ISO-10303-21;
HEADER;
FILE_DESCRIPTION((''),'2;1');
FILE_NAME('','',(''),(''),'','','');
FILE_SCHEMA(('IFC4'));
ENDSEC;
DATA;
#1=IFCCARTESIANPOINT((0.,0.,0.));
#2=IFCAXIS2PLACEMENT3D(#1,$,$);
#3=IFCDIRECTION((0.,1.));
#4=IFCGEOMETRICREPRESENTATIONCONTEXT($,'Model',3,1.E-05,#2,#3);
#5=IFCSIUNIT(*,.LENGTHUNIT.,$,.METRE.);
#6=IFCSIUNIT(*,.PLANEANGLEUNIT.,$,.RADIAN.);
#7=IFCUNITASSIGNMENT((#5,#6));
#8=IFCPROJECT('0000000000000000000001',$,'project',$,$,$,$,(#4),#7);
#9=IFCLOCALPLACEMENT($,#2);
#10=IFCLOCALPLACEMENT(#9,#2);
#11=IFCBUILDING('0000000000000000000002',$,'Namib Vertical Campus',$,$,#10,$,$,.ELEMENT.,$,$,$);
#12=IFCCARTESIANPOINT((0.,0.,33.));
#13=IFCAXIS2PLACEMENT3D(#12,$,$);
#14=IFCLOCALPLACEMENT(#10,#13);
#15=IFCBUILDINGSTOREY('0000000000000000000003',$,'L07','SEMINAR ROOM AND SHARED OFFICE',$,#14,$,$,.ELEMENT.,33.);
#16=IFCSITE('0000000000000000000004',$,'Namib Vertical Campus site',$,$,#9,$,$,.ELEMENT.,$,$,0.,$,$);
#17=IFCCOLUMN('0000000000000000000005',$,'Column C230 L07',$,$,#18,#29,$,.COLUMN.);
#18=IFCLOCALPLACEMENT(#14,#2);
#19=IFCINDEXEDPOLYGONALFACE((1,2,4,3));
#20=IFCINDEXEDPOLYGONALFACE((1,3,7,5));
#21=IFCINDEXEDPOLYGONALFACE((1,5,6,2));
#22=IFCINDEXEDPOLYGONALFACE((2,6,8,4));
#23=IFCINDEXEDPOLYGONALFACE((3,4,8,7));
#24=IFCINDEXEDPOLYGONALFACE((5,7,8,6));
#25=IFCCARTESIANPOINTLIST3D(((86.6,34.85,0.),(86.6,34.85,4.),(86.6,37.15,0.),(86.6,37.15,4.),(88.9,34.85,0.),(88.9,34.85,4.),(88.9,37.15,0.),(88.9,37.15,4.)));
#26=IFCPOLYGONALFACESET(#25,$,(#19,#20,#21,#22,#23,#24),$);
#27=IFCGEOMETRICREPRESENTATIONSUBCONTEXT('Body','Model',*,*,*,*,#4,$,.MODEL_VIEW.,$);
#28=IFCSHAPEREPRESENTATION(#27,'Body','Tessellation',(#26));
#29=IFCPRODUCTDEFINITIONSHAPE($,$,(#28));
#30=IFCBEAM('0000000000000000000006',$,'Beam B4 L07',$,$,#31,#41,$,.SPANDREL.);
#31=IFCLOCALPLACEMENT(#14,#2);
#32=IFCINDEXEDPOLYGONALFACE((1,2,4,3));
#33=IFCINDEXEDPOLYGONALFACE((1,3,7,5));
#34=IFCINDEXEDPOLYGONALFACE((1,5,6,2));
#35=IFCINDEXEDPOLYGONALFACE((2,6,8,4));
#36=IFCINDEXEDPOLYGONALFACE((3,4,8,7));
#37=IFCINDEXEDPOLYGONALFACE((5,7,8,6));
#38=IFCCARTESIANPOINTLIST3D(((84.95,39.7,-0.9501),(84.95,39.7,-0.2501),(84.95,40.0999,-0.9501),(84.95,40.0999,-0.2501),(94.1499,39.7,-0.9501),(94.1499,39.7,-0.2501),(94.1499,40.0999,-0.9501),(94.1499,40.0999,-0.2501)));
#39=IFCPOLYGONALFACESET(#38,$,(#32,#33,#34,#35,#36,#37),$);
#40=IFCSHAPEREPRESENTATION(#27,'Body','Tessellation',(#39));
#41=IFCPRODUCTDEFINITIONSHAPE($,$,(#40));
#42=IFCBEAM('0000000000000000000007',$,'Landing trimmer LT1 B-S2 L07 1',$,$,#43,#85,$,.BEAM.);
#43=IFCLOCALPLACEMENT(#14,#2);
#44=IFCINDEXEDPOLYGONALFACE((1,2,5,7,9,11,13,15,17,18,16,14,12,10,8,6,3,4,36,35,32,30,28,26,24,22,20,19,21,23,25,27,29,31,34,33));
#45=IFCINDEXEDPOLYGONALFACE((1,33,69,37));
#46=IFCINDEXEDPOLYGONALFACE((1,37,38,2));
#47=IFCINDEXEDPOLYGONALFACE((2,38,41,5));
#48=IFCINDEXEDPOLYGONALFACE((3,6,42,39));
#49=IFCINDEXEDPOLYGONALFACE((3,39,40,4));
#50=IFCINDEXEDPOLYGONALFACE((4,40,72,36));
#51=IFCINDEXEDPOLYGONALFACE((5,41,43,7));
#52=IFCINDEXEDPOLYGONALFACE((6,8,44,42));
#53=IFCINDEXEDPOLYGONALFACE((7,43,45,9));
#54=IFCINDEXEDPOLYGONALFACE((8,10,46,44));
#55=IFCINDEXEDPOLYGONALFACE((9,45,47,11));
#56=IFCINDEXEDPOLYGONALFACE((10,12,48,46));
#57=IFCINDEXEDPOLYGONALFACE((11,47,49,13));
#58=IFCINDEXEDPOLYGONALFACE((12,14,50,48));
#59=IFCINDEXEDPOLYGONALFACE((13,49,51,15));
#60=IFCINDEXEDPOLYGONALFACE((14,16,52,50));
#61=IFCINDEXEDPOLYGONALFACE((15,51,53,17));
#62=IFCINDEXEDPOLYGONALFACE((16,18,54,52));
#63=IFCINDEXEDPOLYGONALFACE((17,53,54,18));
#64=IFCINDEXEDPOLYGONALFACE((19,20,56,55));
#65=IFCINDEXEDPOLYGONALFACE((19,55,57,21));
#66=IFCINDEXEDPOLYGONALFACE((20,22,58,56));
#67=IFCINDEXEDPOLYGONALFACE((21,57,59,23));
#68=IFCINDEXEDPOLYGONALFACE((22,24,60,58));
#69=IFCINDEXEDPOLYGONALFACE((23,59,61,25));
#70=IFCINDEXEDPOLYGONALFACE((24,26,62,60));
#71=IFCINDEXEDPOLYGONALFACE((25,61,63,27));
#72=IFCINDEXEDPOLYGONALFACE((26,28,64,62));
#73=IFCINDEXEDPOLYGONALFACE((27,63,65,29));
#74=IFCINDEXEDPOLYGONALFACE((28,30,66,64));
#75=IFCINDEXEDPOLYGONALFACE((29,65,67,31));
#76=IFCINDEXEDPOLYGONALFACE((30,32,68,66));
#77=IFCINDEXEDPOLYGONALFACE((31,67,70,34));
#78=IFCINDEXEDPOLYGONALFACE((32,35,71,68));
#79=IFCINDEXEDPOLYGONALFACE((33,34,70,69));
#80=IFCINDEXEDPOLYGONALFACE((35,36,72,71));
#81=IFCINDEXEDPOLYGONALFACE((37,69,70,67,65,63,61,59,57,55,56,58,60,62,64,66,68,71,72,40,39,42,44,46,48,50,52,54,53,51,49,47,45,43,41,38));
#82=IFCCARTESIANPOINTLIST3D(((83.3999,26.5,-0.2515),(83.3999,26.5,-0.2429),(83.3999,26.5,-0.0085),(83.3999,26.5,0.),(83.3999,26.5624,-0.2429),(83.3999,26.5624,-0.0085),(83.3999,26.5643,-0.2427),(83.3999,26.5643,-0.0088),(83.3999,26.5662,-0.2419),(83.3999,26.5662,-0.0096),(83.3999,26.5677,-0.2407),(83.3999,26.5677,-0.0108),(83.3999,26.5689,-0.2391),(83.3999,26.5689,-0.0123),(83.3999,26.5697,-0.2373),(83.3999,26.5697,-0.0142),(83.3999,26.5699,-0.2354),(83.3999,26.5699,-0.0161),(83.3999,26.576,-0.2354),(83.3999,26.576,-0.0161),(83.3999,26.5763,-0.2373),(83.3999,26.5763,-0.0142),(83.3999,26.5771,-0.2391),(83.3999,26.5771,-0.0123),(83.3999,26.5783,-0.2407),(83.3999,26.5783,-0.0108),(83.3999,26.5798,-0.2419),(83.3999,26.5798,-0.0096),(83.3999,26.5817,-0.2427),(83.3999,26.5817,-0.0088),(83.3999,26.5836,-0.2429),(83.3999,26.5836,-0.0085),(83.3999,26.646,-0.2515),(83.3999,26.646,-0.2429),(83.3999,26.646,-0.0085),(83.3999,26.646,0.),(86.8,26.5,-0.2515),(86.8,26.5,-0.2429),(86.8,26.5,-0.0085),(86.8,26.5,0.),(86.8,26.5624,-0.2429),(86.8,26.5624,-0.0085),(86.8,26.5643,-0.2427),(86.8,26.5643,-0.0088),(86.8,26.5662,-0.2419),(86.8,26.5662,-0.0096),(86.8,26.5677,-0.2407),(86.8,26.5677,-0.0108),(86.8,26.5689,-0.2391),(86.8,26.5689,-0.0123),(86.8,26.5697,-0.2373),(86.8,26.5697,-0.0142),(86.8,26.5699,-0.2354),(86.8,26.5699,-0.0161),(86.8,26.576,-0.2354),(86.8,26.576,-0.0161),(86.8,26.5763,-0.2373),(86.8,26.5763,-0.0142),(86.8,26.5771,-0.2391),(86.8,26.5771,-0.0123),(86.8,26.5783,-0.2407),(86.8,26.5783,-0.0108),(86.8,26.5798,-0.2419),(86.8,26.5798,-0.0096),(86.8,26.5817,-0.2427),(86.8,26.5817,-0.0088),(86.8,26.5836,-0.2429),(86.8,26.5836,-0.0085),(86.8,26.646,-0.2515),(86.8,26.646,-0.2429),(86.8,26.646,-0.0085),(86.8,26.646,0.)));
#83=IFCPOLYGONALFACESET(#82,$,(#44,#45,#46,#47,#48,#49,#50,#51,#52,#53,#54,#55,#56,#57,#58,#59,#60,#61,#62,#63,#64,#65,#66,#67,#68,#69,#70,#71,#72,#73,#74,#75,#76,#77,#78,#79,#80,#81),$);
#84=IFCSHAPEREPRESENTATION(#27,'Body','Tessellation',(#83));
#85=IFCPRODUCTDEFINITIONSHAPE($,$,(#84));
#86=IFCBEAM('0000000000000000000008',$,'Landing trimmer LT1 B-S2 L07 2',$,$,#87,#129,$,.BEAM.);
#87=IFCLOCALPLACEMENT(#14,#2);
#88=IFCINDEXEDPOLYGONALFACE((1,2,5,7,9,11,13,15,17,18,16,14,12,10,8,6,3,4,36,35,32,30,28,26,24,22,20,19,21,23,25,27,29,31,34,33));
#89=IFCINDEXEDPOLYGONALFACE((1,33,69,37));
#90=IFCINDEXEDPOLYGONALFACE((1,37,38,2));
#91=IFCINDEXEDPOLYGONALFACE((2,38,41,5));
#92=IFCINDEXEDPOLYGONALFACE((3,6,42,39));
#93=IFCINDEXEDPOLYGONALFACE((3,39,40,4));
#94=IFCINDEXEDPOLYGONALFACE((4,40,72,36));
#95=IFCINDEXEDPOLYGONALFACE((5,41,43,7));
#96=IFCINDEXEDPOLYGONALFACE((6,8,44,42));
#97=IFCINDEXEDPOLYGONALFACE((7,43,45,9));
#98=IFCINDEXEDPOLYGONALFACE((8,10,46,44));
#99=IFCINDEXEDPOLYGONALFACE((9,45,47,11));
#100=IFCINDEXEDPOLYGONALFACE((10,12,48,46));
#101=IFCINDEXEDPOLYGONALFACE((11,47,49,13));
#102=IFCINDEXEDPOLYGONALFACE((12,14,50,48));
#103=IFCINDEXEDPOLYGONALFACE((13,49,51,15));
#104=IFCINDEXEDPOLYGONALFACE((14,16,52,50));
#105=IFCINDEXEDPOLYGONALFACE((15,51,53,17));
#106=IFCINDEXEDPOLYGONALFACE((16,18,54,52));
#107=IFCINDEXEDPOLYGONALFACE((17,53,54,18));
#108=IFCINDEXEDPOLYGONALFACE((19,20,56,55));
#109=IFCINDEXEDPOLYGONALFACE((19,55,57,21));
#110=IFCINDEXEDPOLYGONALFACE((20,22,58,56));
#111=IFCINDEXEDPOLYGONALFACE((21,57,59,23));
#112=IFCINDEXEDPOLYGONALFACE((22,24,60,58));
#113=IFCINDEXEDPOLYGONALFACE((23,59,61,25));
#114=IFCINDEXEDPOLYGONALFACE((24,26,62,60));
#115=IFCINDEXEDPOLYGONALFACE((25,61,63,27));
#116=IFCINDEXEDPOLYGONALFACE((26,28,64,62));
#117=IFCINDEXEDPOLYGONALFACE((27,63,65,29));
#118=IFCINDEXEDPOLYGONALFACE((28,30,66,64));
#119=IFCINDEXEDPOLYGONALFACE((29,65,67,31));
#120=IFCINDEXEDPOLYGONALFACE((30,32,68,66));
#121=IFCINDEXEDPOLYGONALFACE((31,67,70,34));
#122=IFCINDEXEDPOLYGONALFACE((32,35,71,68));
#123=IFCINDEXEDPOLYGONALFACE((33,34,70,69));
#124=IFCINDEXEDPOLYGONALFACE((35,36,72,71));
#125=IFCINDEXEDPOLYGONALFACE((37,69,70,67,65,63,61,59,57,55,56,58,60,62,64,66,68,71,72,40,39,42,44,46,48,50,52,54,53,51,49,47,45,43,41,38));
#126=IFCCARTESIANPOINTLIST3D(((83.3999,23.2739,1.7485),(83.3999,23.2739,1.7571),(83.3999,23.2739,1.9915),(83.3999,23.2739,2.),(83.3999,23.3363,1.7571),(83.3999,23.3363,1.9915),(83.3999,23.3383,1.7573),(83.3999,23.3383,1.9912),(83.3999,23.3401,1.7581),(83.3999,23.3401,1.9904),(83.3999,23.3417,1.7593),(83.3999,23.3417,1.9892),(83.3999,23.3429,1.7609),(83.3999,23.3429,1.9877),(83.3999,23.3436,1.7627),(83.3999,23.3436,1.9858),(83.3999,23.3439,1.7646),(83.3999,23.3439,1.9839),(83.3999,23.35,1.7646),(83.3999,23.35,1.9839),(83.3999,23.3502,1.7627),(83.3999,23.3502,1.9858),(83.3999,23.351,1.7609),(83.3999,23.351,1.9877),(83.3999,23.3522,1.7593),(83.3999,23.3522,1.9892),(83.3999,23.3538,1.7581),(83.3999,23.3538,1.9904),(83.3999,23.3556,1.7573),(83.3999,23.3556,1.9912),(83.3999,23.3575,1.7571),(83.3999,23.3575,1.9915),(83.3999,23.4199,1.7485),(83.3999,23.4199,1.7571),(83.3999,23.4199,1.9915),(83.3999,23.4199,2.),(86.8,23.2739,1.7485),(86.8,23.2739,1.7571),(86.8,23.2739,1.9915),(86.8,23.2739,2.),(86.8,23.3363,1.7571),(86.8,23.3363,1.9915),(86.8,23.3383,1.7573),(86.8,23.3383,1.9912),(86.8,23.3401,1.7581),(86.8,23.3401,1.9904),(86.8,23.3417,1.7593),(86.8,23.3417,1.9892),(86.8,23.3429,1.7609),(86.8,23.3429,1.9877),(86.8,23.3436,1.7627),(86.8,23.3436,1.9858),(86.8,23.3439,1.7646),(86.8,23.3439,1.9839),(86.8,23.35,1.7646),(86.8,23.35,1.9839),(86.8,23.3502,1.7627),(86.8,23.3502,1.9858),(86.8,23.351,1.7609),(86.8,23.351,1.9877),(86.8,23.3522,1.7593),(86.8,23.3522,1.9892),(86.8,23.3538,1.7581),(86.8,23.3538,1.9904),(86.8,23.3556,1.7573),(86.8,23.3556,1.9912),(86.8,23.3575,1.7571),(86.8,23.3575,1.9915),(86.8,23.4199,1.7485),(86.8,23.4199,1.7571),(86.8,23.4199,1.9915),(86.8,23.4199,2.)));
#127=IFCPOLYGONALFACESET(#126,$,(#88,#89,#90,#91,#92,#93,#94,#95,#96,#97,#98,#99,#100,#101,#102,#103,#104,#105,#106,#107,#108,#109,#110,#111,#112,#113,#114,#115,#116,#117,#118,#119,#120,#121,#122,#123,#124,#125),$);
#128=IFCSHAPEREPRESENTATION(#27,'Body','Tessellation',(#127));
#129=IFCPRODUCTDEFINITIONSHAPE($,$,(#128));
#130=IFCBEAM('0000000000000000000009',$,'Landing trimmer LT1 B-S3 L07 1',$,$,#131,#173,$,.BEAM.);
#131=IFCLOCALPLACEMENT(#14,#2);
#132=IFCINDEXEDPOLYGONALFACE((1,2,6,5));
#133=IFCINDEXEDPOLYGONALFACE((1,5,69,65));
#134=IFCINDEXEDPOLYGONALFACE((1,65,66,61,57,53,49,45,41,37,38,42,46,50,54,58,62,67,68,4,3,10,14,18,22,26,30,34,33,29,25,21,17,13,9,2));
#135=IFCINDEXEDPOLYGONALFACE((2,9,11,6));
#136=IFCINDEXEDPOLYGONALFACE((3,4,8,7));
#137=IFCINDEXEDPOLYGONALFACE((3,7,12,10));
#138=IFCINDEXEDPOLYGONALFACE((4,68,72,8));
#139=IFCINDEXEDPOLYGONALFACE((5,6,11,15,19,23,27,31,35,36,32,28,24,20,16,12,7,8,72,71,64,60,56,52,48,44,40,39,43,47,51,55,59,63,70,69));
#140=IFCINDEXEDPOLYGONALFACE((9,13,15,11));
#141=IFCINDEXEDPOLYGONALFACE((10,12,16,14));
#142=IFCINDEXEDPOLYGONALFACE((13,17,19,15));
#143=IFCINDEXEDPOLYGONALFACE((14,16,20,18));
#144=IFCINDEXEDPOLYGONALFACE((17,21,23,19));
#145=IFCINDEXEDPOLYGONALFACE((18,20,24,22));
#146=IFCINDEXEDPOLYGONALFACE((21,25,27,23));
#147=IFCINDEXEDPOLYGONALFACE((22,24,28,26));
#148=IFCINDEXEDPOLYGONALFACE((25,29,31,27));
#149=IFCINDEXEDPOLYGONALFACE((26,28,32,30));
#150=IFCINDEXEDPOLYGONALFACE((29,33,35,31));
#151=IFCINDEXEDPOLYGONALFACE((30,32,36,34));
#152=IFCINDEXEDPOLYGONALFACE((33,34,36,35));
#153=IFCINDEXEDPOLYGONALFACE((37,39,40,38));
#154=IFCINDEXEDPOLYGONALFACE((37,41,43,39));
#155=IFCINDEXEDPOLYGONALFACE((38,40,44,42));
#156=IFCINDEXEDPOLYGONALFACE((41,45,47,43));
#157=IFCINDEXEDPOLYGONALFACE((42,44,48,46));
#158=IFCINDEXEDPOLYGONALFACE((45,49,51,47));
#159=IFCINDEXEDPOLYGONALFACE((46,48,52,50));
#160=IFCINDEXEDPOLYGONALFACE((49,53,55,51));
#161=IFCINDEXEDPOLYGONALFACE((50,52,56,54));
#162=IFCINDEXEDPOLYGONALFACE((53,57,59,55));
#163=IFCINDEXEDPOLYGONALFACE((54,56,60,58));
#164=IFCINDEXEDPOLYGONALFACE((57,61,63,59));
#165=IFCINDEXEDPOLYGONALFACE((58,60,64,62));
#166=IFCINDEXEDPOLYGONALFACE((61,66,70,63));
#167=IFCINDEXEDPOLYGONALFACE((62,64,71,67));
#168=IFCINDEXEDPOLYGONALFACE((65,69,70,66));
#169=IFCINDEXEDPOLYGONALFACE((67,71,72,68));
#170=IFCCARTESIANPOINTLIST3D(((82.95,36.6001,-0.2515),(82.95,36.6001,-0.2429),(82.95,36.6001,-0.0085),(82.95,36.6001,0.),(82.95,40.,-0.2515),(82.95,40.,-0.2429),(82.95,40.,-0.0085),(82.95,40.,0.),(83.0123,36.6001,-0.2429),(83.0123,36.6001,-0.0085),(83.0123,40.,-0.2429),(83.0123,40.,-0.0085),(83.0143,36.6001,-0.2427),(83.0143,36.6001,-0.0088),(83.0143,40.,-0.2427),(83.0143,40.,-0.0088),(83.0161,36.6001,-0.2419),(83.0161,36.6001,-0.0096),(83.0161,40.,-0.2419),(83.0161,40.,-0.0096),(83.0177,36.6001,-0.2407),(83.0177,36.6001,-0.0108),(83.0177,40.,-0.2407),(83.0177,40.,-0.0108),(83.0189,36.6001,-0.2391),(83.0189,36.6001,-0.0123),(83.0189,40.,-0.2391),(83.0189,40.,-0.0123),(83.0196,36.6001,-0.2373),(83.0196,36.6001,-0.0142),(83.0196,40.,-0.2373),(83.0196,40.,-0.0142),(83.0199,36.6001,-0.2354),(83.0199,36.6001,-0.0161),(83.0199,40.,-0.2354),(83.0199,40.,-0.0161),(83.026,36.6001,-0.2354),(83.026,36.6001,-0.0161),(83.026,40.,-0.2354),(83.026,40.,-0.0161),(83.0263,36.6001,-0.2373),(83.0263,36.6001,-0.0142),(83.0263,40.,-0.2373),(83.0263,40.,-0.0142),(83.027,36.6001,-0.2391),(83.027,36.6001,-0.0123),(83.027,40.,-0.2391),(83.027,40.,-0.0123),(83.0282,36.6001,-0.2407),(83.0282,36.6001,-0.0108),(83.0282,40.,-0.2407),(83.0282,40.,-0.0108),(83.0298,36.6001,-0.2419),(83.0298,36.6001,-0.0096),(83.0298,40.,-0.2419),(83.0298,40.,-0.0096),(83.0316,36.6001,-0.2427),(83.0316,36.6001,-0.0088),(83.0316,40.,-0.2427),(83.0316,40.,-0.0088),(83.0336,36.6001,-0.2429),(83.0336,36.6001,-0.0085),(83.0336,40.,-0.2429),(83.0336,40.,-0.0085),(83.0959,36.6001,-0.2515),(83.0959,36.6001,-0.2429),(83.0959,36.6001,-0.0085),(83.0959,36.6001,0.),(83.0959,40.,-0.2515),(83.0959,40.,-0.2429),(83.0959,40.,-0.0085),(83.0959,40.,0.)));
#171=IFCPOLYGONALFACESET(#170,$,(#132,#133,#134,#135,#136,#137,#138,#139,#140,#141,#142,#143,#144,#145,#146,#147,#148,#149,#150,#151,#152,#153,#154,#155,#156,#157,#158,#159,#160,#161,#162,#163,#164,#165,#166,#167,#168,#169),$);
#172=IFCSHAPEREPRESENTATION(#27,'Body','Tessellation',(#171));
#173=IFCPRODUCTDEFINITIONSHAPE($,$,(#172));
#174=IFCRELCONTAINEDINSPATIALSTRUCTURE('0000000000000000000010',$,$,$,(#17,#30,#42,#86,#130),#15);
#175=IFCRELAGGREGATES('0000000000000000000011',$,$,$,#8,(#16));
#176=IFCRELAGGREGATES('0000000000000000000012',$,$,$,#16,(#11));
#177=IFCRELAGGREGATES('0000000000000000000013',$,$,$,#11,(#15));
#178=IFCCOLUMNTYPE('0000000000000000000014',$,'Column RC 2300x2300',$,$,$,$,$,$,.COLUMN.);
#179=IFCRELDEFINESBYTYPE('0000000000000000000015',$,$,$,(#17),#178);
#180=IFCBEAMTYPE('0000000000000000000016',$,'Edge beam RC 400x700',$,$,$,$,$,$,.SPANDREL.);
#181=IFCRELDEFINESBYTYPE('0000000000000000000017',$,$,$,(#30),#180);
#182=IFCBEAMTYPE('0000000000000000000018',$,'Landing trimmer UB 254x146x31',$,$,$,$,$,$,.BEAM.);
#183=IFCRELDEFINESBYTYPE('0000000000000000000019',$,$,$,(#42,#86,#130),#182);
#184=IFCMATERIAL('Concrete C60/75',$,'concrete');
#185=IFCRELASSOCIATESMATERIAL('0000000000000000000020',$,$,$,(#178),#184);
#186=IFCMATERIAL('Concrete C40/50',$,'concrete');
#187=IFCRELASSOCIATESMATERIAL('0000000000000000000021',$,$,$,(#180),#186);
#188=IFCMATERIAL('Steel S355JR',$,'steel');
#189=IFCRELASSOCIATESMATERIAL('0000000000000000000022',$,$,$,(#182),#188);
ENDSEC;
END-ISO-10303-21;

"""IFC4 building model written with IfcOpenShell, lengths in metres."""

from ifc_helpers import new_model, si_unit, direction, frame, origin, origin_2d, place, context, subcontext, project, spatial, rectangle, i_section, extrude, material, material_profile, profile_set, type_object, element, save


model = new_model("IFC4")

# Units and contexts
model_context = context("Model", 3, precision=1e-05, world=origin(), true_north=direction((0.0, 1.0)))
body_context = subcontext(model_context, "Body", "Model", "MODEL_VIEW")
ifc_project = project(units=[si_unit("LENGTHUNIT", "METRE"), si_unit("PLANEANGLEUNIT", "RADIAN")], contexts=[model_context])

# Site, building, storey
site_placement = place(None, origin())
site = spatial("IfcSite", under=ifc_project, at=site_placement, Name="Namib Vertical Campus site", CompositionType="ELEMENT", RefElevation=0.0)
building_placement = place(site_placement, origin())
building = spatial("IfcBuilding", under=site, at=building_placement, Name="Namib Vertical Campus", CompositionType="ELEMENT")
storey_placement = place(building_placement, frame((0.0, 0.0, 33.0)))
storey = spatial("IfcBuildingStorey", under=building, at=storey_placement, Name="L07", Description="SEMINAR ROOM AND SHARED OFFICE", CompositionType="ELEMENT", Elevation=33.0)

# Column
ifc_material_1 = material(Name="Concrete C60/75", Category="concrete")
ifc_material_profile_1 = material_profile(ifc_material_1, rectangle(XDim=2.3, YDim=2.3, at=origin_2d()))
ifc_profile_set_1 = profile_set([ifc_material_profile_1], Name="Concrete C60/75")
column_type = type_object("IfcColumnType", Name="Column RC 2300x2300", PredefinedType="COLUMN", material=ifc_profile_set_1)
column_placement = place(storey_placement, frame((87.75, 36.0, 0.0), z_axis=(0.0, 0.0, 1.0), x_axis=(1.0, 0.0, 0.0)))
element("IfcColumn", 1, at=column_placement, inside=storey, type_object=column_type, Name="Column C230 L07", PredefinedType="COLUMN", context=body_context, shape_type="SweptSolid", body=[
    extrude(rectangle(XDim=2.3, YDim=2.3, at=origin_2d()), origin(), (0.0, 0.0, 1.0), 4.0),
])

# Beams
ifc_material_2 = material(Name="Concrete C40/50", Category="concrete")
ifc_material_profile_2 = material_profile(ifc_material_2, rectangle(XDim=0.3999, YDim=0.7, at=origin_2d()))
ifc_profile_set_2 = profile_set([ifc_material_profile_2], Name="Concrete C40/50")
beam_type_1 = type_object("IfcBeamType", Name="Edge beam RC 400x700", PredefinedType="SPANDREL", material=ifc_profile_set_2)
beam_1_placement = place(storey_placement, frame((84.95, 39.8999, -0.6001), z_axis=(1.0, 0.0, 0.0), x_axis=(0.0, 1.0, 0.0)))
element("IfcBeam", 2, at=beam_1_placement, inside=storey, type_object=beam_type_1, Name="Beam B4 L07", PredefinedType="SPANDREL", context=body_context, shape_type="SweptSolid", body=[
    extrude(rectangle(XDim=0.3999, YDim=0.7, at=origin_2d()), origin(), (0.0, 0.0, 1.0), 9.2),
])
ifc_material_3 = material(Name="Steel S355JR", Category="steel")
ifc_material_profile_3 = material_profile(ifc_material_3, i_section(OverallWidth=0.146, OverallDepth=0.2515, WebThickness=0.0061, FlangeThickness=0.0085, FilletRadius=0.0076, at=origin_2d()))
ifc_profile_set_3 = profile_set([ifc_material_profile_3], Name="Steel S355JR")
beam_type_2 = type_object("IfcBeamType", Name="Landing trimmer UB 254x146x31", PredefinedType="BEAM", material=ifc_profile_set_3)
for number, where, z_axis, x_axis, name in (
    (3, (83.3999, 26.573, -0.1257), (1.0, 0.0, 0.0), (0.0, 1.0, 0.0), "Landing trimmer LT1 B-S2 L07 1"),
    (4, (83.3999, 23.3469, 1.8743), (1.0, 0.0, 0.0), (0.0, 1.0, 0.0), "Landing trimmer LT1 B-S2 L07 2"),
):
    element("IfcBeam", number, at=place(storey_placement, frame(where, z_axis=z_axis, x_axis=x_axis)), inside=storey, type_object=beam_type_2, Name=name, PredefinedType="BEAM", context=body_context, shape_type="SweptSolid", body=[
        extrude(i_section(OverallWidth=0.146, OverallDepth=0.2515, WebThickness=0.0061, FlangeThickness=0.0085, FilletRadius=0.0076, at=origin_2d()), origin(), (0.0, 0.0, 1.0), 3.4001),
    ])
beam_2_placement = place(storey_placement, frame((83.0229, 36.6001, -0.1257), z_axis=(0.0, 1.0, 0.0), x_axis=(-1.0, 0.0, 0.0)))
element("IfcBeam", 5, at=beam_2_placement, inside=storey, type_object=beam_type_2, Name="Landing trimmer LT1 B-S3 L07 1", PredefinedType="BEAM", context=body_context, shape_type="SweptSolid", body=[
    extrude(i_section(OverallWidth=0.146, OverallDepth=0.2515, WebThickness=0.0061, FlangeThickness=0.0085, FilletRadius=0.0076, at=origin_2d()), origin(), (0.0, 0.0, 1.0), 3.3999),
])

save(model, "model.ifc")
